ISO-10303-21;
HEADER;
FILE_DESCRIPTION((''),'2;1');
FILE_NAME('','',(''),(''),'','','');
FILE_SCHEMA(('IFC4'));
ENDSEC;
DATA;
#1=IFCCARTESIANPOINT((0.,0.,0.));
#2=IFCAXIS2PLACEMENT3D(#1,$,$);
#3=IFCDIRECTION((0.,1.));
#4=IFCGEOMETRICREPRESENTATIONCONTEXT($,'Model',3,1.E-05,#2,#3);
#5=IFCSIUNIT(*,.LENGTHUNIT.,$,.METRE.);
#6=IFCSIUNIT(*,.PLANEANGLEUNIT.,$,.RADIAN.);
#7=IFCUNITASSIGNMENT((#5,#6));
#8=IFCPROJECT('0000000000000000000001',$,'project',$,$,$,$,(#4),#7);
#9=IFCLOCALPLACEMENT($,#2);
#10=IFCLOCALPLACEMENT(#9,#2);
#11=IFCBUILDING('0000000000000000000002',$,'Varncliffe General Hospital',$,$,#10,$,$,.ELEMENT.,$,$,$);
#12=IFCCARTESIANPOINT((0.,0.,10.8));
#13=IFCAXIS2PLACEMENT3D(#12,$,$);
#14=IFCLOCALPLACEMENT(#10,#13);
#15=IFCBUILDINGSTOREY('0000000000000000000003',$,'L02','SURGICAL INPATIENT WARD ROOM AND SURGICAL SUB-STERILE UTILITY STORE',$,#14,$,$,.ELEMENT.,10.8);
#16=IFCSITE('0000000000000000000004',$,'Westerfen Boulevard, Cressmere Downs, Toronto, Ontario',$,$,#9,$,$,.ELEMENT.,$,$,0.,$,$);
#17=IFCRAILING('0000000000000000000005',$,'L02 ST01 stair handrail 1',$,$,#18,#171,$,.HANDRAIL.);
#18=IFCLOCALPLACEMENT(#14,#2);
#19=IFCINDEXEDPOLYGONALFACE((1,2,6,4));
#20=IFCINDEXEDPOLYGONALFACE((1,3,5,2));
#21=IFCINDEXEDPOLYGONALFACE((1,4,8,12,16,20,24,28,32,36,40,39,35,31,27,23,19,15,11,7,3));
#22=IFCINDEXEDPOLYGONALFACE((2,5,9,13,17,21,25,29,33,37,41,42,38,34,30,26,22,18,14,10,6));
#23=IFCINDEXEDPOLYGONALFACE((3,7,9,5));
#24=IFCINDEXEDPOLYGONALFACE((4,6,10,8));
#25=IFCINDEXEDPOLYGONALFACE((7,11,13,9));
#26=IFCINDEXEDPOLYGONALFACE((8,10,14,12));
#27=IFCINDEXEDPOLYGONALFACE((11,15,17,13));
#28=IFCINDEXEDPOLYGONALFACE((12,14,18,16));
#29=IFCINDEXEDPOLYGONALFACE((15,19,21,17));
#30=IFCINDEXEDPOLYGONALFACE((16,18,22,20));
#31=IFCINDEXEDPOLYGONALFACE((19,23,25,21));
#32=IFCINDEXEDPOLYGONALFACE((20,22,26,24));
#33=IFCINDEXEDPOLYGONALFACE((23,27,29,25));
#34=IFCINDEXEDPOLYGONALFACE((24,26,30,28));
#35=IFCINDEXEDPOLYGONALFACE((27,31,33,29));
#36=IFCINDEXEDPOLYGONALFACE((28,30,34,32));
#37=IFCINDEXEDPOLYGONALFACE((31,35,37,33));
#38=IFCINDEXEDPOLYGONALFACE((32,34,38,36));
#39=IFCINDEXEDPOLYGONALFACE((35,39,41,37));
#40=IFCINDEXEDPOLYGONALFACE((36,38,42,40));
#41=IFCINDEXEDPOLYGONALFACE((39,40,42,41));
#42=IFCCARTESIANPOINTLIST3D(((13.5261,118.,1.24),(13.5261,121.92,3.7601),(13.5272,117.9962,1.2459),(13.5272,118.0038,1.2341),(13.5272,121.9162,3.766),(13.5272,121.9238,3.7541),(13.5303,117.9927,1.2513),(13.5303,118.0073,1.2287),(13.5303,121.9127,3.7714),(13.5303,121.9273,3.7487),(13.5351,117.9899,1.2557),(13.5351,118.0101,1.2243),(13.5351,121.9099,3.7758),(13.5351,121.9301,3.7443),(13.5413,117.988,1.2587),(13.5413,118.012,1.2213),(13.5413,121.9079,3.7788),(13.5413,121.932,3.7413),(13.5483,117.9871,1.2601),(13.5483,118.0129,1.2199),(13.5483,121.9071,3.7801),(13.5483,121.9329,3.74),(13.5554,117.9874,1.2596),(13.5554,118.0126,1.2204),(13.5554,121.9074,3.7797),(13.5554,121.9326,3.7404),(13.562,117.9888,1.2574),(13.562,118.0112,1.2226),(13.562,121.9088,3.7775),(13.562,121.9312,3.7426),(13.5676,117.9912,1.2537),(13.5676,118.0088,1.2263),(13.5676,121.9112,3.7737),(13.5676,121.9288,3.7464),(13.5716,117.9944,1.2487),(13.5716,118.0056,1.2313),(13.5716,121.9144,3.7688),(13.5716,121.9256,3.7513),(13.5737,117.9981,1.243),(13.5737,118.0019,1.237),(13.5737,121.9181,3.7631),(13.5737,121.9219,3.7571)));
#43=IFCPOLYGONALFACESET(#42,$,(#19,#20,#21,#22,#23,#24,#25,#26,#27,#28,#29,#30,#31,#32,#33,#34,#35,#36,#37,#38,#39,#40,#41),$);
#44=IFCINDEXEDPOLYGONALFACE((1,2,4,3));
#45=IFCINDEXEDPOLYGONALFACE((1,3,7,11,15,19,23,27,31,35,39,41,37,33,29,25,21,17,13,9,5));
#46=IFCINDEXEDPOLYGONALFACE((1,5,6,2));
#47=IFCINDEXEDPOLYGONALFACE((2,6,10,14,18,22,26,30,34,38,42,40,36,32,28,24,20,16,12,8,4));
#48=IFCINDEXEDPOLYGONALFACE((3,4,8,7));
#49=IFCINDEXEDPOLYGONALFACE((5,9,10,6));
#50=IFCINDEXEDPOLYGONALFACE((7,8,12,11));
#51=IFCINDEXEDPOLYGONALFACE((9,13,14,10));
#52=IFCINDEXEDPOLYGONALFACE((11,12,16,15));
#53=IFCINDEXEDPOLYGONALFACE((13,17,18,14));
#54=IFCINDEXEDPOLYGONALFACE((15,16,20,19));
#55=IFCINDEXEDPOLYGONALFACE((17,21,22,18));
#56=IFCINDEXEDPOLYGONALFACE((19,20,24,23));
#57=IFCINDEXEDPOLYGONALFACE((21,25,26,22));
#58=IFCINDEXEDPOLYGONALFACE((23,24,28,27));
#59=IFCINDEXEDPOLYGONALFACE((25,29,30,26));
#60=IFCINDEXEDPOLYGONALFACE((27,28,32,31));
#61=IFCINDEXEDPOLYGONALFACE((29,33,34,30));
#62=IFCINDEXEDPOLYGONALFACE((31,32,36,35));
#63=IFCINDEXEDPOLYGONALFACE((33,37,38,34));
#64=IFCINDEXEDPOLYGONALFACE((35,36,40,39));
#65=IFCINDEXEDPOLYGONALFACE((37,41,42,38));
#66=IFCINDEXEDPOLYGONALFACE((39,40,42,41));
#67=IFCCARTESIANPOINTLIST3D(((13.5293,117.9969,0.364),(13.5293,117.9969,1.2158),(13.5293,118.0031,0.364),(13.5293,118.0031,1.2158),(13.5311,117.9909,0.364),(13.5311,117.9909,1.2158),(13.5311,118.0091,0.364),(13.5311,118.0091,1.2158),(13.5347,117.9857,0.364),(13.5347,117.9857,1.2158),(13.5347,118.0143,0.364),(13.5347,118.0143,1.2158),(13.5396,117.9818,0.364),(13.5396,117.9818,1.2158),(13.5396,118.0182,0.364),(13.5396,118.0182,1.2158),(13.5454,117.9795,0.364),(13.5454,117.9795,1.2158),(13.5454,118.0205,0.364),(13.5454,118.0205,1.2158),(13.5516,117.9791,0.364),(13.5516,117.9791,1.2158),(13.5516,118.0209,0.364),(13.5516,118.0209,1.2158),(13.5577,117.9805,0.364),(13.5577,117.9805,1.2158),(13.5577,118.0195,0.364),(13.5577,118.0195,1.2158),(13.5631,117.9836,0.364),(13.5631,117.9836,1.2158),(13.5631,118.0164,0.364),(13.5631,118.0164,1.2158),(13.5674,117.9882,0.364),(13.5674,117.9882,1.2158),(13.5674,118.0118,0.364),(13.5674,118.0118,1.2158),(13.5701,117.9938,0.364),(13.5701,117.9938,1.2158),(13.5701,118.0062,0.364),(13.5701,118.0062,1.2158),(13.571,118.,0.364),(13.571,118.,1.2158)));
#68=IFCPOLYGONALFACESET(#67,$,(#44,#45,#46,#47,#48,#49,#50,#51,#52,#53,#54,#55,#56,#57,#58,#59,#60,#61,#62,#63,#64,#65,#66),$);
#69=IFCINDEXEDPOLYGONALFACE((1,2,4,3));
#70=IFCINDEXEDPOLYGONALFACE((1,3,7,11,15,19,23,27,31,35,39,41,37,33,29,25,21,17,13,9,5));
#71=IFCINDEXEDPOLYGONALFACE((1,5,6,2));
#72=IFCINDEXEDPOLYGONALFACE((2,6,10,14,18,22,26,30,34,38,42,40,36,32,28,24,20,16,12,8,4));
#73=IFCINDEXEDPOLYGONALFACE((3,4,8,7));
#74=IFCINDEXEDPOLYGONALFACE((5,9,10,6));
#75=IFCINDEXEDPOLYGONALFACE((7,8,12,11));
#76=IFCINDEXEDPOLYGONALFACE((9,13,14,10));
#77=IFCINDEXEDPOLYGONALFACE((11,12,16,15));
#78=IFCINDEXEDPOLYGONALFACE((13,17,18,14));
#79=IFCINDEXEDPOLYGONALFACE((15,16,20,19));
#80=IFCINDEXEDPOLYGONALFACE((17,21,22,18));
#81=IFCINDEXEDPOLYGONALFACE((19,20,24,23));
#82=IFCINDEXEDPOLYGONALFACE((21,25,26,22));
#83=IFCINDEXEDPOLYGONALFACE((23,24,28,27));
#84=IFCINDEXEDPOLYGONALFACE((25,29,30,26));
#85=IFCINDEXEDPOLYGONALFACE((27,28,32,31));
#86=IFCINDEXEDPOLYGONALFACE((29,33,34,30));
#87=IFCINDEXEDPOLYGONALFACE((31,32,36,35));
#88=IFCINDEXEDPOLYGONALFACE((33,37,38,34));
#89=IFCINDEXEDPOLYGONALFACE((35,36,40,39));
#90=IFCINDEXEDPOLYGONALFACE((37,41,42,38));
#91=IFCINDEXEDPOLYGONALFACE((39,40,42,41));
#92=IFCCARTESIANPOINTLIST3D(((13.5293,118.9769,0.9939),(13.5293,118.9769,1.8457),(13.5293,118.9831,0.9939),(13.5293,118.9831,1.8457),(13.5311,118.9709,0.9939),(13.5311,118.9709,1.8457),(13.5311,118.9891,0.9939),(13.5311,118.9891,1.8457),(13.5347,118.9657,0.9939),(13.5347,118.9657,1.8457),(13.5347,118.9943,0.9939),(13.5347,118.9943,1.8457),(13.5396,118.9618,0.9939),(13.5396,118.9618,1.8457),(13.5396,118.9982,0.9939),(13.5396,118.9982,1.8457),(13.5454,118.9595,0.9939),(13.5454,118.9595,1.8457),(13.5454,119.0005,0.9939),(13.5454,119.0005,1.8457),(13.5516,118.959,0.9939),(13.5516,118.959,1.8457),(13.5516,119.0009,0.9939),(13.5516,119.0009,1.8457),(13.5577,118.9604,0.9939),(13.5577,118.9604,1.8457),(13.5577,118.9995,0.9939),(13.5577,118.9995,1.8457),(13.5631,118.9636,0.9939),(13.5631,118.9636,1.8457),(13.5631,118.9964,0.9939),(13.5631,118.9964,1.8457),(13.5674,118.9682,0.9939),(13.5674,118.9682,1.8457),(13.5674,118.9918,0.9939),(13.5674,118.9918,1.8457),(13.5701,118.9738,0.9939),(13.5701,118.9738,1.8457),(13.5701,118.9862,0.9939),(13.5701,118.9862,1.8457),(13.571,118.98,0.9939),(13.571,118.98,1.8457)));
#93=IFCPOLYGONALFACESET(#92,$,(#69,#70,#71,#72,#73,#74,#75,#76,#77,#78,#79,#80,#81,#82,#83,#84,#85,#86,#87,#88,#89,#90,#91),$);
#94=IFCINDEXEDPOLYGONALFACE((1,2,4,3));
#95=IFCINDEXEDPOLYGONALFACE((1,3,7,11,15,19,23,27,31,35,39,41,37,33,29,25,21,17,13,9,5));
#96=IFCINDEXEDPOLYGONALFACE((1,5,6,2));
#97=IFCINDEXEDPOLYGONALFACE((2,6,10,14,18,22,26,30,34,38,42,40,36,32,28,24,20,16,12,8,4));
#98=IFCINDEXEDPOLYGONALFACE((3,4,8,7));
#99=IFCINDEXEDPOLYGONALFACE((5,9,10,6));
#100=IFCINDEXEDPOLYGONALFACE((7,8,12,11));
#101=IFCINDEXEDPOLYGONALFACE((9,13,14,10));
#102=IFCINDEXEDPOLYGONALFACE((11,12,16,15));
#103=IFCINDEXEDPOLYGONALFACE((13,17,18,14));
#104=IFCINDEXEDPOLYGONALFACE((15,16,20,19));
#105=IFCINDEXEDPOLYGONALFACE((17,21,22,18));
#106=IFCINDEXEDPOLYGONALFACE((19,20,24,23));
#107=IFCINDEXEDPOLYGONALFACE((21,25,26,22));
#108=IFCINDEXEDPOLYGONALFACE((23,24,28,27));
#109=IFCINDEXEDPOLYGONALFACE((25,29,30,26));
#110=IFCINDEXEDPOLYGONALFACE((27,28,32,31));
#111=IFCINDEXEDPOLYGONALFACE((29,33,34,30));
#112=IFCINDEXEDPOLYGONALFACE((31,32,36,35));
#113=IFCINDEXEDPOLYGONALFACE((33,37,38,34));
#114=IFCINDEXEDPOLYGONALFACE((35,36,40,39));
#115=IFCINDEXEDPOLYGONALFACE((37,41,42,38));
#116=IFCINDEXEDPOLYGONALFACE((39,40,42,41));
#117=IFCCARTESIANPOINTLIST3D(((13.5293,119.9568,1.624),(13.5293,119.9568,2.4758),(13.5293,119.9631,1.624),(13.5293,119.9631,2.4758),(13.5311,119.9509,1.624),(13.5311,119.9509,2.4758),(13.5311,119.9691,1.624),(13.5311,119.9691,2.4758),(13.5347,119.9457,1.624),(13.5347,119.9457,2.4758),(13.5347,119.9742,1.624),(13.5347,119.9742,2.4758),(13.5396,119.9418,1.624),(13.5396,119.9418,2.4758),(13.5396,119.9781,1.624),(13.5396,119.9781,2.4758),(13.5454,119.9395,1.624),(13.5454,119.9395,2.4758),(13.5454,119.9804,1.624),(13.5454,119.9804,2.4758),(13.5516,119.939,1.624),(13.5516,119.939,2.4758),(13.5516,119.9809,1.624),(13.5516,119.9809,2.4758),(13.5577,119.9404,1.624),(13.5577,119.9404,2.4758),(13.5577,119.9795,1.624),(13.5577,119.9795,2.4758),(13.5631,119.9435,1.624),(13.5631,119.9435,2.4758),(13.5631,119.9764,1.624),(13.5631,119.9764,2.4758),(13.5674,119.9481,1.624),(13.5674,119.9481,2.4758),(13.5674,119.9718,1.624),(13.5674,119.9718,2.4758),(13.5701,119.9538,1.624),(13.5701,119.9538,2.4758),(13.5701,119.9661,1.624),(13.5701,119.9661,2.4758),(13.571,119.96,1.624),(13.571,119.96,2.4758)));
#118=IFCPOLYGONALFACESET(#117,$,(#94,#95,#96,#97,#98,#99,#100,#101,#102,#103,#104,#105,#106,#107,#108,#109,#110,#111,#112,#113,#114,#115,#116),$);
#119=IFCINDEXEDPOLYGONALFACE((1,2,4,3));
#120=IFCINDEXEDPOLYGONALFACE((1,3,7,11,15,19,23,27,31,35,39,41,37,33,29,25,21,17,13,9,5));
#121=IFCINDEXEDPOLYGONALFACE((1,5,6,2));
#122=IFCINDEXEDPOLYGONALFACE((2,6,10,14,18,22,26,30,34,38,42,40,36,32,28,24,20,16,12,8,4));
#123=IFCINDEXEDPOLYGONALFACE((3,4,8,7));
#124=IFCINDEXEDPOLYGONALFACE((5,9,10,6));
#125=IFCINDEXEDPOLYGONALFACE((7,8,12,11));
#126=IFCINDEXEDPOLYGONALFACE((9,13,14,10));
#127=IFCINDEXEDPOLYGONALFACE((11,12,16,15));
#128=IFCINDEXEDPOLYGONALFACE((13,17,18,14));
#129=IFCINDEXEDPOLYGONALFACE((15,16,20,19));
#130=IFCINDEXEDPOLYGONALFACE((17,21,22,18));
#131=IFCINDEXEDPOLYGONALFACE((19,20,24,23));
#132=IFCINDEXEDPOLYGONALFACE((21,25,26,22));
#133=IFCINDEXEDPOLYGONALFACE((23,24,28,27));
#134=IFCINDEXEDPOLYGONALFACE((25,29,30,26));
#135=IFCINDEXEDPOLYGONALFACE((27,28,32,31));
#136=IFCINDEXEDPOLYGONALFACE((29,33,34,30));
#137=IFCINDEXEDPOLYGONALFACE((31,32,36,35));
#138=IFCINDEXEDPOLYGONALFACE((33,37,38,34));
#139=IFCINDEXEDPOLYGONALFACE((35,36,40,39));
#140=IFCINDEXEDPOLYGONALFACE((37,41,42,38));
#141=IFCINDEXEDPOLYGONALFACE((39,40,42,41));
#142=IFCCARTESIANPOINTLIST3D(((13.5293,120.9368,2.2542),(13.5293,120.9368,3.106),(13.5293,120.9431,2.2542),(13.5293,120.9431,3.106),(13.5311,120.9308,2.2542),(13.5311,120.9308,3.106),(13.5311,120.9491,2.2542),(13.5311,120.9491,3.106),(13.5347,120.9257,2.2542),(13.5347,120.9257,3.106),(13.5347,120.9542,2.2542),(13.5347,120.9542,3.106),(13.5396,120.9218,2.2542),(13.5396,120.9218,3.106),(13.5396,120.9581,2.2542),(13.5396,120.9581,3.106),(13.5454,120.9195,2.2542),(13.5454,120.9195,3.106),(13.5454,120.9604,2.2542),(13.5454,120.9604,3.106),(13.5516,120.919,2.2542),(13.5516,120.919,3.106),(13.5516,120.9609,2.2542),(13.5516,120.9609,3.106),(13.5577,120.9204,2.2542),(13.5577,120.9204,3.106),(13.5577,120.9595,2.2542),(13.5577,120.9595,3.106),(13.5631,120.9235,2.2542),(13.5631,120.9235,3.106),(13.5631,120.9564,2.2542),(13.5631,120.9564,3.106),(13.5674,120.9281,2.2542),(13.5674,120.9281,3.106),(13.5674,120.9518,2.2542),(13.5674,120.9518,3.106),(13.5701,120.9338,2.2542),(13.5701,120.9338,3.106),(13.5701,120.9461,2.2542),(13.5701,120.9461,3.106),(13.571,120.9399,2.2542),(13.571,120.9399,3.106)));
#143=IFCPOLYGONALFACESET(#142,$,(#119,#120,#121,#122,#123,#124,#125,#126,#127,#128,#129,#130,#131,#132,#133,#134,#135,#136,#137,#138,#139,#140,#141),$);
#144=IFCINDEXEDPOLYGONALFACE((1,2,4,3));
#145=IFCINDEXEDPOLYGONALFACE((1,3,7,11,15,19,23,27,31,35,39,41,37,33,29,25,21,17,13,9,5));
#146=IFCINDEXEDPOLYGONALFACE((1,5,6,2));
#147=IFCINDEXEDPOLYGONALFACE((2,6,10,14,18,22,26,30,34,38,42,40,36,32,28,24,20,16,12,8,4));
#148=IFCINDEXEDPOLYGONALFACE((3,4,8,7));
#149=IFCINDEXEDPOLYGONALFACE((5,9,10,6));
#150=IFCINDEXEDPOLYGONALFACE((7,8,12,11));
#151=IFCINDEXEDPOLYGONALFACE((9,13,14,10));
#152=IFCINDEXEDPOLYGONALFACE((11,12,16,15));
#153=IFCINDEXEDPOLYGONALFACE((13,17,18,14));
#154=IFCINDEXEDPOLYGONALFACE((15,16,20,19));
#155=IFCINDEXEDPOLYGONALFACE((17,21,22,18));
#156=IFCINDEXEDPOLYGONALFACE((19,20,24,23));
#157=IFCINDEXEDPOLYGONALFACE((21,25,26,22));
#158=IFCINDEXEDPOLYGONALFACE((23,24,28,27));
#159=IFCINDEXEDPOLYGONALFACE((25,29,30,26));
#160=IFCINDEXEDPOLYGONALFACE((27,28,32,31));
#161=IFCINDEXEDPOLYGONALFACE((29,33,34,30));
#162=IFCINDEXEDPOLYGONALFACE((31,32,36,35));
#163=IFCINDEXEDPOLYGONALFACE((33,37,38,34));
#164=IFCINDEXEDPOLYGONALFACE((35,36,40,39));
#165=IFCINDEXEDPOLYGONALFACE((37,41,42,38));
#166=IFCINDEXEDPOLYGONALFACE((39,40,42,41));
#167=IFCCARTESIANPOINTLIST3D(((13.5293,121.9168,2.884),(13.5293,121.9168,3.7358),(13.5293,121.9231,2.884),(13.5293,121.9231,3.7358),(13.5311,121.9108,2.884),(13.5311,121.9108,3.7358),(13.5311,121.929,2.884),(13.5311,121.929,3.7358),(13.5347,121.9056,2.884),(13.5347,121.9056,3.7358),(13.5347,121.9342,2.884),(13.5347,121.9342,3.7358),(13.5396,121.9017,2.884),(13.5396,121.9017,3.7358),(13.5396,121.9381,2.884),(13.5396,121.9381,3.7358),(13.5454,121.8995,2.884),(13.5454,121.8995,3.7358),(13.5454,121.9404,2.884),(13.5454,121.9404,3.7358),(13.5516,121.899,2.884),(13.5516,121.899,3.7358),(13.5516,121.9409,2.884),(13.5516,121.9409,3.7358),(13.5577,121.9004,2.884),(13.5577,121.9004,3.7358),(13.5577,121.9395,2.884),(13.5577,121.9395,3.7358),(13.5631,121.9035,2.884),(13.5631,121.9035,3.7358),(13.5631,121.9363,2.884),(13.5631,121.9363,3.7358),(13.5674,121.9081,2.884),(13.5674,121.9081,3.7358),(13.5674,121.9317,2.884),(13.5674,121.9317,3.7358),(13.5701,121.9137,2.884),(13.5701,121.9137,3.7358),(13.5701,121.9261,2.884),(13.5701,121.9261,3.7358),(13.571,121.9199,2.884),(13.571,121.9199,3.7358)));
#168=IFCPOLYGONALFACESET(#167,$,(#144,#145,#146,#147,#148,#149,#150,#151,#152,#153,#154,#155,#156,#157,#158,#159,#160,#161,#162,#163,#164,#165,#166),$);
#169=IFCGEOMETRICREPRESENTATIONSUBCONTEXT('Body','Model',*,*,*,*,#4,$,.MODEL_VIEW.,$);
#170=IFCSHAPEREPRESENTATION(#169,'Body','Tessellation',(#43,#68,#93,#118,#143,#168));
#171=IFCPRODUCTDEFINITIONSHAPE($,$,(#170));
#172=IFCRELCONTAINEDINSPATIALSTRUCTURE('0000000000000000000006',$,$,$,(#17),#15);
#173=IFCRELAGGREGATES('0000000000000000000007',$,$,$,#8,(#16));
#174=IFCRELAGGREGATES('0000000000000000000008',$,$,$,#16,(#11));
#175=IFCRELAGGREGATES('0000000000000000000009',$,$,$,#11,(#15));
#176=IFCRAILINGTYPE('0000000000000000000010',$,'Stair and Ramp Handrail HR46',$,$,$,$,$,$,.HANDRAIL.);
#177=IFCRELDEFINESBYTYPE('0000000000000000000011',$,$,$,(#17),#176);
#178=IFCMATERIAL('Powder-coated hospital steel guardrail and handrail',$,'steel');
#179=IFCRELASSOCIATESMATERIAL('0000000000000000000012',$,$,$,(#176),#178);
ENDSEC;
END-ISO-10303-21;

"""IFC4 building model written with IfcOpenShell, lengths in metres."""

from ifc_helpers import new_model, si_unit, direction, frame, origin, origin_2d, place, context, subcontext, project, spatial, circle, extrude, material, type_object, element, save


model = new_model("IFC4")

# Units and contexts
model_context = context("Model", 3, precision=1e-05, world=origin(), true_north=direction((0.0, 1.0)))
body_context = subcontext(model_context, "Body", "Model", "MODEL_VIEW")
ifc_project = project(units=[si_unit("LENGTHUNIT", "METRE"), si_unit("PLANEANGLEUNIT", "RADIAN")], contexts=[model_context])

# Site, building, storey
site_placement = place(None, origin())
site = spatial("IfcSite", under=ifc_project, at=site_placement, Name="Westerfen Boulevard, Cressmere Downs, Toronto, Ontario", CompositionType="ELEMENT", RefElevation=0.0)
building_placement = place(site_placement, origin())
building = spatial("IfcBuilding", under=site, at=building_placement, Name="Varncliffe General Hospital", CompositionType="ELEMENT")
storey_placement = place(building_placement, frame((0.0, 0.0, 10.8)))
storey = spatial("IfcBuildingStorey", under=building, at=storey_placement, Name="L02", Description="SURGICAL INPATIENT WARD ROOM AND SURGICAL SUB-STERILE UTILITY STORE", CompositionType="ELEMENT", Elevation=10.8)

# Railing
ifc_material_1 = material(Name="Powder-coated hospital steel guardrail and handrail", Category="steel")
railing_type_1 = type_object("IfcRailingType", Name="Stair and Ramp Handrail HR46", PredefinedType="HANDRAIL", material=ifc_material_1)
railing_1_placement = place(storey_placement, frame((13.55, 118.0, 0.364)))
element("IfcRailing", 1, at=railing_1_placement, inside=storey, type_object=railing_type_1, Name="L02 ST01 stair handrail 1", PredefinedType="HANDRAIL", context=body_context, shape_type="SweptSolid", body=[
    extrude(circle(Radius=0.0239, at=origin_2d()), frame((0.0, 0.0, 0.876), z_axis=(0.0, 0.841172, 0.540768), x_axis=(-1.0, 0.0, 0.0)), (0.0, 0.0, 1.0), 4.6602),
    extrude(circle(Radius=0.021, at=origin_2d()), origin(), (0.0, 0.0, 1.0), 0.8518),
    extrude(circle(Radius=0.021, at=origin_2d()), frame((0.0, 0.98, 0.6299)), (0.0, 0.0, 1.0), 0.8518),
    extrude(circle(Radius=0.021, at=origin_2d()), frame((0.0, 1.96, 1.26)), (0.0, 0.0, 1.0), 0.8518),
    extrude(circle(Radius=0.021, at=origin_2d()), frame((0.0, 2.9399, 1.8901)), (0.0, 0.0, 1.0), 0.8518),
    extrude(circle(Radius=0.021, at=origin_2d()), frame((0.0, 3.9199, 2.52)), (0.0, 0.0, 1.0), 0.8518),
])

save(model, "model.ifc")
